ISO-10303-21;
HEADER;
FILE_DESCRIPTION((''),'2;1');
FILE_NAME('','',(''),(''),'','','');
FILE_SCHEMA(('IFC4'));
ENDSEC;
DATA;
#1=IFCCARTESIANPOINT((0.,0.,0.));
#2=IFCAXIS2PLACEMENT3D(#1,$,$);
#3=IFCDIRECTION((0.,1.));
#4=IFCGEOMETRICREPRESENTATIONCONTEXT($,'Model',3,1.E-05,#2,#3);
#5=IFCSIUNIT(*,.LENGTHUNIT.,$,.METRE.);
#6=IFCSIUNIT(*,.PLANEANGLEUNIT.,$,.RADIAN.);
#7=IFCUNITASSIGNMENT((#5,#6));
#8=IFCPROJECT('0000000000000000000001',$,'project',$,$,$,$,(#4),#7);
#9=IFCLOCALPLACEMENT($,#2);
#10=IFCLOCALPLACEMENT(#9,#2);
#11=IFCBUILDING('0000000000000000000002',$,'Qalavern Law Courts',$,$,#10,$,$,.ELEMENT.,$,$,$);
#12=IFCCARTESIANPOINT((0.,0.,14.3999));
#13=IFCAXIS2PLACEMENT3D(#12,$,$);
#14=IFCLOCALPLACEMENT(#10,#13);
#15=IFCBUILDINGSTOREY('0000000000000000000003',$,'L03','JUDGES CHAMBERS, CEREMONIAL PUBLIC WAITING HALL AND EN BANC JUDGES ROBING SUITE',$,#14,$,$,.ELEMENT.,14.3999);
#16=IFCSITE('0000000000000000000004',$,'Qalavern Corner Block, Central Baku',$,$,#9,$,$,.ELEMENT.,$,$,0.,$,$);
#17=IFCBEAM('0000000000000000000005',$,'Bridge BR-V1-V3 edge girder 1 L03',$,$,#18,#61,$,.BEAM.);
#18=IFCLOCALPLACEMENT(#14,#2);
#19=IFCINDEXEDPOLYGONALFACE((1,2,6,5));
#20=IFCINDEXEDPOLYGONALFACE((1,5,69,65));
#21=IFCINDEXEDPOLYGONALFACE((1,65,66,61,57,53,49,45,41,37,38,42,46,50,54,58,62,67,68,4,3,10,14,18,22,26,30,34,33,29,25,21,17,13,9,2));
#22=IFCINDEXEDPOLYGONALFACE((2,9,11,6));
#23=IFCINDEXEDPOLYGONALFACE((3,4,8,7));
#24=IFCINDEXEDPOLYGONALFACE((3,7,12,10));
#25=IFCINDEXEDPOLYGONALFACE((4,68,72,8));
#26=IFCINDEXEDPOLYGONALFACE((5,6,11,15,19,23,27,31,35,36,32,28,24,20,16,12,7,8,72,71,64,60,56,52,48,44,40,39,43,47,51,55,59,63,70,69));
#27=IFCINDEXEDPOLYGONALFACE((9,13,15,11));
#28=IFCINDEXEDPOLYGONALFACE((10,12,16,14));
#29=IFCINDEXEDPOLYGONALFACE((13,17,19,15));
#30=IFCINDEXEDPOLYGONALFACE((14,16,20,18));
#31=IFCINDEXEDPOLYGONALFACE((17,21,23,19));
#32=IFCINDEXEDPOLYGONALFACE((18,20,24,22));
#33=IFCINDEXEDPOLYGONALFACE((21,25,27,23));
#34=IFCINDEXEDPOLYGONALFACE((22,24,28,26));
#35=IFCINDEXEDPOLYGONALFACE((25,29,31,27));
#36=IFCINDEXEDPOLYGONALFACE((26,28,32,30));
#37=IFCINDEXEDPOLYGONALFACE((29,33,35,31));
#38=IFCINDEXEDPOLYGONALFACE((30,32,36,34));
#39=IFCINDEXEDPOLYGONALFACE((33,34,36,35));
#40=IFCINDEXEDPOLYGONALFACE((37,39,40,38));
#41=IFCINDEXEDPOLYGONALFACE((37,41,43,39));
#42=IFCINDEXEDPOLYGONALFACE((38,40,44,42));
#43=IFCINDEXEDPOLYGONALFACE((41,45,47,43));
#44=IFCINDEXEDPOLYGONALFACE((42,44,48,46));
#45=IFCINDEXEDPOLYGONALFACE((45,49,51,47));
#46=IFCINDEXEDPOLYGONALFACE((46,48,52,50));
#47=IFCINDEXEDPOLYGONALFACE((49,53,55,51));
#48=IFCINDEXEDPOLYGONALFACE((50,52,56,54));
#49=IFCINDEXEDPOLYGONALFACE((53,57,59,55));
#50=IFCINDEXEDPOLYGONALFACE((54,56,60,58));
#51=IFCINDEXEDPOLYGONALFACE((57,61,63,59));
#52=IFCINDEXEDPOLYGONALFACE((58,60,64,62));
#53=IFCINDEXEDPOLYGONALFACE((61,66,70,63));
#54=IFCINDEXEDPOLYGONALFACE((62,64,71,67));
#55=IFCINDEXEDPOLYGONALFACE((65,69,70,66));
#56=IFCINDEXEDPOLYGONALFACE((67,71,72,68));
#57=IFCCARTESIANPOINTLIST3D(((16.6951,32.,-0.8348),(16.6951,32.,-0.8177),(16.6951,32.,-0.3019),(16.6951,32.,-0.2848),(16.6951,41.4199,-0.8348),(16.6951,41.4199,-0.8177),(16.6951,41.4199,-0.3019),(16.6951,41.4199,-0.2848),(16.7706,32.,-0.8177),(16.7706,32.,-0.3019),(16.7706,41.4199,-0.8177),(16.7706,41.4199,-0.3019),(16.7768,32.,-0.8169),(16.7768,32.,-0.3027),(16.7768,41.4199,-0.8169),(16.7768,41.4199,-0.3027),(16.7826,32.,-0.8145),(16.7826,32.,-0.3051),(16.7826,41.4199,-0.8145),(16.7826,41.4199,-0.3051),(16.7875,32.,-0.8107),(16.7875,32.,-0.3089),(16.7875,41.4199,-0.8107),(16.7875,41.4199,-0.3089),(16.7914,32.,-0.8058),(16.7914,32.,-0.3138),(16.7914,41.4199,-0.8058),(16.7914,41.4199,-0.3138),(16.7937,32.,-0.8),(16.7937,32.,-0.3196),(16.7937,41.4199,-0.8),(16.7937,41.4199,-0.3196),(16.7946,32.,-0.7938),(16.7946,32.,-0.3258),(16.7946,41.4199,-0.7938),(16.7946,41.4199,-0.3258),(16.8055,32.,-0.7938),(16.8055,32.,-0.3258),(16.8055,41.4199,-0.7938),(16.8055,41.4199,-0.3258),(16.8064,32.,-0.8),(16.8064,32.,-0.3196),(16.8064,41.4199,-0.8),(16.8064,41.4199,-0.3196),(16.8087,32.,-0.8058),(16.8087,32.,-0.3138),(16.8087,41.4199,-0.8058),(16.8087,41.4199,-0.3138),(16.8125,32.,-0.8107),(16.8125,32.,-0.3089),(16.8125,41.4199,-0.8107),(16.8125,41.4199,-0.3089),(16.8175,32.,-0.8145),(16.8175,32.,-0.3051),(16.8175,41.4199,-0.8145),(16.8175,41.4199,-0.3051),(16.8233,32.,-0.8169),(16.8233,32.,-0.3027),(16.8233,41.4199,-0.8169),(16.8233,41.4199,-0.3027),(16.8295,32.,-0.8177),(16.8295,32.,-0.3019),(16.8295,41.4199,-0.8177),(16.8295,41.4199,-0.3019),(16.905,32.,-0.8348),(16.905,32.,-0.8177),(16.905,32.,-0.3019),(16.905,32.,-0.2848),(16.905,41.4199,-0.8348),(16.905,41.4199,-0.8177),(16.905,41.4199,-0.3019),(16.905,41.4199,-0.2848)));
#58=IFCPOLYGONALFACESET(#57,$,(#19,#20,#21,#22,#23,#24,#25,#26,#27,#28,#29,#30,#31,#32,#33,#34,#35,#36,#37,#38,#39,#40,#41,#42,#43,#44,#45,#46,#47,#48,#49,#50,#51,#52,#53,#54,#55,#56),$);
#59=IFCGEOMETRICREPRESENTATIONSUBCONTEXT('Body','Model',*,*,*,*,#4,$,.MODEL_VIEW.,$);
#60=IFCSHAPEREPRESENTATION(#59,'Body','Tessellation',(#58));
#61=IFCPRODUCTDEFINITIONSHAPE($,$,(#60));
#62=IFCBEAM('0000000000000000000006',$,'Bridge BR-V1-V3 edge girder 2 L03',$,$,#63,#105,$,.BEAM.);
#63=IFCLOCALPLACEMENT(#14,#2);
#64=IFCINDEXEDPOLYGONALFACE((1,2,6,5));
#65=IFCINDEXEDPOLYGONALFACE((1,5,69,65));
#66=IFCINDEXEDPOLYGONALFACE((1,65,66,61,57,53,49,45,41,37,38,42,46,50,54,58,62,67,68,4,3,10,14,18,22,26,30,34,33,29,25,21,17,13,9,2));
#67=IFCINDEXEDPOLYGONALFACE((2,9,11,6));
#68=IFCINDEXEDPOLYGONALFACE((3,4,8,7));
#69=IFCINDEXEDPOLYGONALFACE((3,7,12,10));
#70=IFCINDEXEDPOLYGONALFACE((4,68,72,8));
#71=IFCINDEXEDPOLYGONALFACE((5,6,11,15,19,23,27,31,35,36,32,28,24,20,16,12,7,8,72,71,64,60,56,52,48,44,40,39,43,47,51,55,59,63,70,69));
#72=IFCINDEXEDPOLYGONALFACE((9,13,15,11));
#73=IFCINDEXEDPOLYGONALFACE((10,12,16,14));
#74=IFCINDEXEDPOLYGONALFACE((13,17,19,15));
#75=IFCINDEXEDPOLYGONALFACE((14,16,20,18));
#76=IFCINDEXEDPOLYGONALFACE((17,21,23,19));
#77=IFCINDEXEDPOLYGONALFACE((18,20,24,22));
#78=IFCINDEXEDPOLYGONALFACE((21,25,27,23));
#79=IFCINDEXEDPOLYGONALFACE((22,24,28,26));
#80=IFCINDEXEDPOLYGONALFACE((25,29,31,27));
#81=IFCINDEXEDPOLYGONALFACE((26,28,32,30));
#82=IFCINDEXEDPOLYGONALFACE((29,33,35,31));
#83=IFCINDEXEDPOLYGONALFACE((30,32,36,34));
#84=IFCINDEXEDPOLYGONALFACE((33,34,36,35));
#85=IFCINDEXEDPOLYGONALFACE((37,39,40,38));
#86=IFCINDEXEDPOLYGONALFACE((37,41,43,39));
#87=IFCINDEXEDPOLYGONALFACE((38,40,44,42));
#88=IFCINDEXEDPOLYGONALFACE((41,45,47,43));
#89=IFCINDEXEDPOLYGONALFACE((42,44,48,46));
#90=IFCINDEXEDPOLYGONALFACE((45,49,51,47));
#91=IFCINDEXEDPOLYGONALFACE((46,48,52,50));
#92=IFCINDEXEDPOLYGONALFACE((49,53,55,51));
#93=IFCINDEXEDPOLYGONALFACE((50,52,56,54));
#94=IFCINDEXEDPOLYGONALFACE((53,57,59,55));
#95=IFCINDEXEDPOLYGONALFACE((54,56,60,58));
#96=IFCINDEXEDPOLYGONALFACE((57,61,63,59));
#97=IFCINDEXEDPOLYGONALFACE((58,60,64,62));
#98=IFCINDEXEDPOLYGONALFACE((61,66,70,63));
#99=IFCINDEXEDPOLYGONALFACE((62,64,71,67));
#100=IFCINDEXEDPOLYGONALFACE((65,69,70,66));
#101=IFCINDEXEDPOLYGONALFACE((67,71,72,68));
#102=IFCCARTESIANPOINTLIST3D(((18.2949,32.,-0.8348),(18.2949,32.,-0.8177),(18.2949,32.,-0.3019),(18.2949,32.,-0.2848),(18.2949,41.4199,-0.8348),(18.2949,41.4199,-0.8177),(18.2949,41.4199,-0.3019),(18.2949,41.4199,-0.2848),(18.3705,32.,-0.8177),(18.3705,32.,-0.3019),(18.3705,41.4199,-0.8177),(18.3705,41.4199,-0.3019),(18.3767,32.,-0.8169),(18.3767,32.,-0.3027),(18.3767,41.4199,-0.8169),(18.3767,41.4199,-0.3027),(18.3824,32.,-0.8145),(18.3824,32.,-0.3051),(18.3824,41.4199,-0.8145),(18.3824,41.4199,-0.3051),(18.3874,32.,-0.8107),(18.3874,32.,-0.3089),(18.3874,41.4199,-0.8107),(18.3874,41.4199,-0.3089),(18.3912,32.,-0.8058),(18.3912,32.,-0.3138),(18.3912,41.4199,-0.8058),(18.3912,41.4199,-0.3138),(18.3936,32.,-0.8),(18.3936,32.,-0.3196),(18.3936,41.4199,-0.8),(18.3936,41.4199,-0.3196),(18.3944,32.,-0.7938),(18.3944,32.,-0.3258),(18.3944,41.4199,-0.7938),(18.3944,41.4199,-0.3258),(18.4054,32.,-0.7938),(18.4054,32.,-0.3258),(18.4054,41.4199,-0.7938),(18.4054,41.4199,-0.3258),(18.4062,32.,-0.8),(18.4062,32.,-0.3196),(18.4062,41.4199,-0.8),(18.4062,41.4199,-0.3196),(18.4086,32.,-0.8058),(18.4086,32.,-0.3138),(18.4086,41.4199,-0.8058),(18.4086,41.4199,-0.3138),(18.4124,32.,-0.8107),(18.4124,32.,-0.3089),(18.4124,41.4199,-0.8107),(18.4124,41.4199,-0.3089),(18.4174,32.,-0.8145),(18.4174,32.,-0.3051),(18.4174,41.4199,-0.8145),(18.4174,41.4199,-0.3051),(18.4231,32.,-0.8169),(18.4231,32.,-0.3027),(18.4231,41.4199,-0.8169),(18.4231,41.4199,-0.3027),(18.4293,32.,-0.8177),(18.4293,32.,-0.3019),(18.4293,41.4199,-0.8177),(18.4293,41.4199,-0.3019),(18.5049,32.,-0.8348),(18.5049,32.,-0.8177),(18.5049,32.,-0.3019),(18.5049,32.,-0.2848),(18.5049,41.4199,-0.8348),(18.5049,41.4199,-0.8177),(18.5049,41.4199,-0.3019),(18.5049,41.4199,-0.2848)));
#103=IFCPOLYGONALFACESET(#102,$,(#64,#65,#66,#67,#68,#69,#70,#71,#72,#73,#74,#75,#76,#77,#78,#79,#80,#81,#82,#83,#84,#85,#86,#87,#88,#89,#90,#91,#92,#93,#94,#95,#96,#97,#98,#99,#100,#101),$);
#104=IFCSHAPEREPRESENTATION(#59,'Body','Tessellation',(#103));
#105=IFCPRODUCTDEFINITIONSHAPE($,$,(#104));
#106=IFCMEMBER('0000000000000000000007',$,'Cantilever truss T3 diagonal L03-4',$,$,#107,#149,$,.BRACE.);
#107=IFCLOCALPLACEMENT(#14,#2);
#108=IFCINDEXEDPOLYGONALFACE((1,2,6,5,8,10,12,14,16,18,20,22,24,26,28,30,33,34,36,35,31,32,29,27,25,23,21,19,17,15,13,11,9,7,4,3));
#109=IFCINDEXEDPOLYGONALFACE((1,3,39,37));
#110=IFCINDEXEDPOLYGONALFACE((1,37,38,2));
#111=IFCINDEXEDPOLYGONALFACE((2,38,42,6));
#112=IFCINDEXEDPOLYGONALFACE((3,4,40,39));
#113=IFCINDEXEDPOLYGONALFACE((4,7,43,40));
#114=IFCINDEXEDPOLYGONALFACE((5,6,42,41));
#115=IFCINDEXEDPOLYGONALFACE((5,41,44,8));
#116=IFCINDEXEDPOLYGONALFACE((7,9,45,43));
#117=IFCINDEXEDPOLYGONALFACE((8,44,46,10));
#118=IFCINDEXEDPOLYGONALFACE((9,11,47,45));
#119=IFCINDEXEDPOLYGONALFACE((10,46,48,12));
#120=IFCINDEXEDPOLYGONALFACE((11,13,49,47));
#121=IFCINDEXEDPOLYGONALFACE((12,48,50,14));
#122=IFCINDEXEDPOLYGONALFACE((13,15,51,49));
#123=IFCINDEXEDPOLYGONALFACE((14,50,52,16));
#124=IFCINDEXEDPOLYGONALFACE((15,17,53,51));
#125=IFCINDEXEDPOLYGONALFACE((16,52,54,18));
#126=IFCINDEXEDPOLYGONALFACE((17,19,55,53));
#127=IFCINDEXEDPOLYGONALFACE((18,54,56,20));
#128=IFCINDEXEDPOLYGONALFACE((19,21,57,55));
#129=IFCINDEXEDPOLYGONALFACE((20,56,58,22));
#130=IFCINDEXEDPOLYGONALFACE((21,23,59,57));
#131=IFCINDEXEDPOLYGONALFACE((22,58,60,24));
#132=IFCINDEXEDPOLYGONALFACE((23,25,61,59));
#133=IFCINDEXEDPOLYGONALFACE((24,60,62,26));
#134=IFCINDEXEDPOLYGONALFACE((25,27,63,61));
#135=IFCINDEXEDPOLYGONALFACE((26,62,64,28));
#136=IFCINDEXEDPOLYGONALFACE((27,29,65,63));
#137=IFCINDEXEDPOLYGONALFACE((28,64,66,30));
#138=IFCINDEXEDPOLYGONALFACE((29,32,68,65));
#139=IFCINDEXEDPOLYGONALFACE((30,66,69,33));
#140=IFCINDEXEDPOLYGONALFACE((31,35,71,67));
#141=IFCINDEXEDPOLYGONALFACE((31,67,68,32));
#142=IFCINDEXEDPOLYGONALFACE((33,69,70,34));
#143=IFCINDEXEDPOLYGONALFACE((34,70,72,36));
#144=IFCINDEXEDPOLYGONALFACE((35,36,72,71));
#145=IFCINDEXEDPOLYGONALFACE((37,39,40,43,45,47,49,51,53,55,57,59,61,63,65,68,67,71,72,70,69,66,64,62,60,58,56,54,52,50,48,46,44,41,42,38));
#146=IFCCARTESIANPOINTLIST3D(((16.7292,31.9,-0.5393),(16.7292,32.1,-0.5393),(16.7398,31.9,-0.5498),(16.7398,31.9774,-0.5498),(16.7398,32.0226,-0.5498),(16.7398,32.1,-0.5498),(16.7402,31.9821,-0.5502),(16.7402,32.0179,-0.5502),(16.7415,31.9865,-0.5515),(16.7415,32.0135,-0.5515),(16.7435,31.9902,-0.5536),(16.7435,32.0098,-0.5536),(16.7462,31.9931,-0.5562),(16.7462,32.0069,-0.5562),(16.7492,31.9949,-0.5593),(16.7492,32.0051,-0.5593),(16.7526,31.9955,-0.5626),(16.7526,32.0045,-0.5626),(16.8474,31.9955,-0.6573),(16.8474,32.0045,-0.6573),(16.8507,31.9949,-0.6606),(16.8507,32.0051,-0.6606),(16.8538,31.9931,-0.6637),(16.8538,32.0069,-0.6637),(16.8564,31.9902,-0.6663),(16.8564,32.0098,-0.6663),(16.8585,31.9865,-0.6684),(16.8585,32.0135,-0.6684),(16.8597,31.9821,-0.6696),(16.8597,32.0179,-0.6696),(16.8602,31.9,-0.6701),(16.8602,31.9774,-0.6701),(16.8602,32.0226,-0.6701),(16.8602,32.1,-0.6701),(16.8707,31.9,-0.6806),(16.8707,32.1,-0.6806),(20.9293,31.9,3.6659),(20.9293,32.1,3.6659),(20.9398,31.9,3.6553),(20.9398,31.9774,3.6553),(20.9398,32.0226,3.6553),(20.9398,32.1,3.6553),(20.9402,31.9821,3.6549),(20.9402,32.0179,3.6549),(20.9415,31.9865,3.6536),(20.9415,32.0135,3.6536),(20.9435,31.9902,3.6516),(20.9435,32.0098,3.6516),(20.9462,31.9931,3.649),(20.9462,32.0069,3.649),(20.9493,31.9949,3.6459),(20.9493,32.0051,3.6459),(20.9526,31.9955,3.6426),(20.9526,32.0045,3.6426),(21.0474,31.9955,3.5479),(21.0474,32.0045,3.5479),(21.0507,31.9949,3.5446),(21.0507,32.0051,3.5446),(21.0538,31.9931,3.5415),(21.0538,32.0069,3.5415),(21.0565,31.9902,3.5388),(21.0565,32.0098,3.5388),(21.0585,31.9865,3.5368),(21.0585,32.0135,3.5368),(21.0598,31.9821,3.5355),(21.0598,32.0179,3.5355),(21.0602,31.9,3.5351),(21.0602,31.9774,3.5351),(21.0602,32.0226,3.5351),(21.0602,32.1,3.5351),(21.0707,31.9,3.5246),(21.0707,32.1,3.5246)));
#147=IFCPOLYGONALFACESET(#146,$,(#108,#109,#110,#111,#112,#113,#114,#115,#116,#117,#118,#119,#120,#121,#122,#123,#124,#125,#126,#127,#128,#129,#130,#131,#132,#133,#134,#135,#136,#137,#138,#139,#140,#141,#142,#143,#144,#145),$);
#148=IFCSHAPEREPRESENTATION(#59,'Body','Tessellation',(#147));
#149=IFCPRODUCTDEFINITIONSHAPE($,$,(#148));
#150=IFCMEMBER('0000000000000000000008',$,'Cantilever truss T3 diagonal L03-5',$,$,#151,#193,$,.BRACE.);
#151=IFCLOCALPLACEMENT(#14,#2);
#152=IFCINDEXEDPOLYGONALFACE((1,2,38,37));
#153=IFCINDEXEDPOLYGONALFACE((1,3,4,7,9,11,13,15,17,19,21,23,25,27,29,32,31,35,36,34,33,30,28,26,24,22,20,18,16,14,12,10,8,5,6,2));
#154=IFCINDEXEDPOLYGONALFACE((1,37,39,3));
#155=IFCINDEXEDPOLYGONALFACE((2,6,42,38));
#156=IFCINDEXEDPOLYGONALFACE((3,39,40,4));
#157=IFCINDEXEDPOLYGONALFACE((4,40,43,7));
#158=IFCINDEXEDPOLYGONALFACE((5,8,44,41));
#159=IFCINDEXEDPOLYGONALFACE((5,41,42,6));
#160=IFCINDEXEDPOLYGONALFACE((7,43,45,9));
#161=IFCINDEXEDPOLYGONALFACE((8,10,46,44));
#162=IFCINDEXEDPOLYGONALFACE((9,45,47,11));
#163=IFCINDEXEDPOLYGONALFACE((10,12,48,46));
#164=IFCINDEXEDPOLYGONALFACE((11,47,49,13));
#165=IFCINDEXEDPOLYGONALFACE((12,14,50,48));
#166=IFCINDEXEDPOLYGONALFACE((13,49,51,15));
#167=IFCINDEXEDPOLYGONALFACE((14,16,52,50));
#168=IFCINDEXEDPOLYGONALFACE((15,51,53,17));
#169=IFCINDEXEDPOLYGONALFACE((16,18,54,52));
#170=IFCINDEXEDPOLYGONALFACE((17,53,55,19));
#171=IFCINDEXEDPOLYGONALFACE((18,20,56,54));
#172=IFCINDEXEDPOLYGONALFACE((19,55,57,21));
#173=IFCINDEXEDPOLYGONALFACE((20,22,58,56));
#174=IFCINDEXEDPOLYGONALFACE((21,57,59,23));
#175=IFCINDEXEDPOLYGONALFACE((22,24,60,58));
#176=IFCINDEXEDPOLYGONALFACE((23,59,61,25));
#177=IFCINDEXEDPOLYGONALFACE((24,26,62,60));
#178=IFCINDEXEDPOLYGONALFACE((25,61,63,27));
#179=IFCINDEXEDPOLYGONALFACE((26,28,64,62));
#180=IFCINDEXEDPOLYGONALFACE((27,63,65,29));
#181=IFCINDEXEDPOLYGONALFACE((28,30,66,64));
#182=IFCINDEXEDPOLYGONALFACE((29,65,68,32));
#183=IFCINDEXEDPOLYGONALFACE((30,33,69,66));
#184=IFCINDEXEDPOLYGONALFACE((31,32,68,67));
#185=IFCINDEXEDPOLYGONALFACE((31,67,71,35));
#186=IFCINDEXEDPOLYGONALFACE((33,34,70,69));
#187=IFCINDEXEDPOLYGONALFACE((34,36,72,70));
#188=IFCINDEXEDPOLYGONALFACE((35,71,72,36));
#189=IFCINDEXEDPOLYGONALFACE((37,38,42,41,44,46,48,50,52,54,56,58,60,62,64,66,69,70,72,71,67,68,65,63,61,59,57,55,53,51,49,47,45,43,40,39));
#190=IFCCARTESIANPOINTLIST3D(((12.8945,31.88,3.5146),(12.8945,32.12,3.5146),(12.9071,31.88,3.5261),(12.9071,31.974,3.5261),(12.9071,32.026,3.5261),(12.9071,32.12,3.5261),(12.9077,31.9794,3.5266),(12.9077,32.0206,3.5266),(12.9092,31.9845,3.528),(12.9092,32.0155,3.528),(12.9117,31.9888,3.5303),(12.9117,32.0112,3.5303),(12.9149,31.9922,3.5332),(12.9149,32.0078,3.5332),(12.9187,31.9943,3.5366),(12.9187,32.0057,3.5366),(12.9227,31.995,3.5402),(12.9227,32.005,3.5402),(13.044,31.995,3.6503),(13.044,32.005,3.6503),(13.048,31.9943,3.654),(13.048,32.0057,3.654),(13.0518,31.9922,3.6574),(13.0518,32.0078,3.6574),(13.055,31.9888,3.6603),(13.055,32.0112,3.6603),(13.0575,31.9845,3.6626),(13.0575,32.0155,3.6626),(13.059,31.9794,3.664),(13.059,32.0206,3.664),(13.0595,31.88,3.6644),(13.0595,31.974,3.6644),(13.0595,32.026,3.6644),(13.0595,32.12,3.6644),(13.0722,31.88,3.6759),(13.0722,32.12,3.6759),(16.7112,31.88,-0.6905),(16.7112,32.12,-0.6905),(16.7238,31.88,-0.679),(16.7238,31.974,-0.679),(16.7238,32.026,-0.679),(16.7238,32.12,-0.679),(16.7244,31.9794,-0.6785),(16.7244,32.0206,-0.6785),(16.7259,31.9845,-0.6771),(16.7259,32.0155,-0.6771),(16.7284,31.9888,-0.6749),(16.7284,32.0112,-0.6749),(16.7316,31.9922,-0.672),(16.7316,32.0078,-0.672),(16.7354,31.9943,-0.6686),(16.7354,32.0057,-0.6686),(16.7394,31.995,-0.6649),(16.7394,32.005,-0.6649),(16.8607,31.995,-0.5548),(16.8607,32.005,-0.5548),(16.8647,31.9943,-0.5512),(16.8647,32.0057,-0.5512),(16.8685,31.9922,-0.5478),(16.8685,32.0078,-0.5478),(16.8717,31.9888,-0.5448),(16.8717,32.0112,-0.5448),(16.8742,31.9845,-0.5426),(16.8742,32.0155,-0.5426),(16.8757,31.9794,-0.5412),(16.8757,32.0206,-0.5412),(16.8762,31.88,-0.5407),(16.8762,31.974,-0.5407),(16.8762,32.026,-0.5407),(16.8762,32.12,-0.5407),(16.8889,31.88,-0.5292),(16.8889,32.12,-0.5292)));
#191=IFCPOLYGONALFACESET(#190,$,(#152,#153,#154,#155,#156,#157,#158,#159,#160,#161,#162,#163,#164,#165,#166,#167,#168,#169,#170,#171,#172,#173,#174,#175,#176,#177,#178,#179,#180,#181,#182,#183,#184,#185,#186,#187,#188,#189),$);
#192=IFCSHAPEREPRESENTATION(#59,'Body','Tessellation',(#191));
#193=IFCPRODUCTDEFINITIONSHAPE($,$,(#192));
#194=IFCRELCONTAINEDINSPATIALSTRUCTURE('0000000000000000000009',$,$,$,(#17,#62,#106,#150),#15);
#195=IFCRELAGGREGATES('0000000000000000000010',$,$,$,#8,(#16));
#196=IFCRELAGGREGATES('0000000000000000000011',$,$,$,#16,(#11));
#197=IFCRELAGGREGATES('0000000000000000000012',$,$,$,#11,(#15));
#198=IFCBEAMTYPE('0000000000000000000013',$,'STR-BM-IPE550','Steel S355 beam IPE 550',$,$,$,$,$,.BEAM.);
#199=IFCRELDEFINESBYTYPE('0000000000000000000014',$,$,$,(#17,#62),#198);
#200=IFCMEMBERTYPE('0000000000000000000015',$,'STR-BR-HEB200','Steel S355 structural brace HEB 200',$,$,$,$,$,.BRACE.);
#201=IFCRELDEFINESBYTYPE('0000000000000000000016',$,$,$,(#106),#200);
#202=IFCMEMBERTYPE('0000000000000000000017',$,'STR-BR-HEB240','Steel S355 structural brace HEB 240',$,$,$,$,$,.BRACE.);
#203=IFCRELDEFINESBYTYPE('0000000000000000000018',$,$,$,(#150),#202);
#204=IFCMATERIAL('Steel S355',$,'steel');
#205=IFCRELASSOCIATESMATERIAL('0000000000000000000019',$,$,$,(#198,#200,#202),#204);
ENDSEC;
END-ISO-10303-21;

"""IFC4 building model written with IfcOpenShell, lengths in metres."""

from ifc_helpers import new_model, si_unit, direction, frame, origin, origin_2d, place, context, subcontext, project, spatial, i_section, extrude, material, material_profile, profile_set, type_object, element, save


model = new_model("IFC4")

# Units and contexts
model_context = context("Model", 3, precision=1e-05, world=origin(), true_north=direction((0.0, 1.0)))
body_context = subcontext(model_context, "Body", "Model", "MODEL_VIEW")
ifc_project = project(units=[si_unit("LENGTHUNIT", "METRE"), si_unit("PLANEANGLEUNIT", "RADIAN")], contexts=[model_context])

# Site, building, storey
site_placement = place(None, origin())
site = spatial("IfcSite", under=ifc_project, at=site_placement, Name="Qalavern Corner Block, Central Baku", CompositionType="ELEMENT", RefElevation=0.0)
building_placement = place(site_placement, origin())
building = spatial("IfcBuilding", under=site, at=building_placement, Name="Qalavern Law Courts", CompositionType="ELEMENT")
storey_placement = place(building_placement, frame((0.0, 0.0, 14.3999)))
storey = spatial("IfcBuildingStorey", under=building, at=storey_placement, Name="L03", Description="JUDGES CHAMBERS, CEREMONIAL PUBLIC WAITING HALL AND EN BANC JUDGES ROBING SUITE", CompositionType="ELEMENT", Elevation=14.3999)

# Beams
ifc_material_1 = material(Name="Steel S355", Category="steel")
ifc_material_profile_1 = material_profile(ifc_material_1, i_section(OverallWidth=0.21, OverallDepth=0.55, WebThickness=0.011, FlangeThickness=0.0171, FilletRadius=0.0239, at=origin_2d()), Name="IPE 550")
ifc_profile_set_1 = profile_set([ifc_material_profile_1], Name="Steel S355")
beam_type_1 = type_object("IfcBeamType", Name="STR-BM-IPE550", Description="Steel S355 beam IPE 550", PredefinedType="BEAM", material=ifc_profile_set_1)
for number, where, z_axis, x_axis, name in (
    (1, (16.8, 32.0, -0.5598), (0.0, 1.0, 0.0), (-1.0, 0.0, 0.0), "Bridge BR-V1-V3 edge girder 1 L03"),
    (2, (18.3999, 32.0, -0.5598), (0.0, 1.0, 0.0), (-1.0, 0.0, 0.0), "Bridge BR-V1-V3 edge girder 2 L03"),
):
    element("IfcBeam", number, at=place(storey_placement, frame(where, z_axis=z_axis, x_axis=x_axis)), inside=storey, type_object=beam_type_1, Name=name, PredefinedType="BEAM", context=body_context, shape_type="SweptSolid", body=[
        extrude(i_section(OverallWidth=0.21, OverallDepth=0.55, WebThickness=0.011, FlangeThickness=0.0171, FilletRadius=0.0239, at=origin_2d()), origin(), (0.0, 0.0, 1.0), 9.4199),
    ])

# Members
ifc_material_profile_2 = material_profile(ifc_material_1, i_section(OverallWidth=0.2, OverallDepth=0.2, WebThickness=0.009, FlangeThickness=0.0149, FilletRadius=0.0181, at=origin_2d()), Name="HEB 200")
ifc_profile_set_2 = profile_set([ifc_material_profile_2], Name="Steel S355")
member_type_1 = type_object("IfcMemberType", Name="STR-BR-HEB200", Description="Steel S355 structural brace HEB 200", PredefinedType="BRACE", material=ifc_profile_set_2)
member_1_placement = place(storey_placement, frame((21.0, 32.0, 3.5952), z_axis=(-0.706675, 0.0, -0.707538), x_axis=(0.0, -1.0, 0.0)))
element("IfcMember", 3, at=member_1_placement, inside=storey, type_object=member_type_1, Name="Cantilever truss T3 diagonal L03-4", PredefinedType="BRACE", context=body_context, shape_type="SweptSolid", body=[
    extrude(i_section(OverallWidth=0.2, OverallDepth=0.2, WebThickness=0.009, FlangeThickness=0.0149, FilletRadius=0.0181, at=origin_2d()), origin(), (0.0, 0.0, 1.0), 5.9434),
])
ifc_material_profile_3 = material_profile(ifc_material_1, i_section(OverallWidth=0.24, OverallDepth=0.24, WebThickness=0.01, FlangeThickness=0.0171, FilletRadius=0.021, at=origin_2d()), Name="HEB 240")
ifc_profile_set_3 = profile_set([ifc_material_profile_3], Name="Steel S355")
member_type_2 = type_object("IfcMemberType", Name="STR-BR-HEB240", Description="Steel S355 structural brace HEB 240", PredefinedType="BRACE", material=ifc_profile_set_3)
member_2_placement = place(storey_placement, frame((16.8, 32.0, -0.6099), z_axis=(-0.67208, 0.0, 0.740479), x_axis=(0.0, -1.0, 0.0)))
element("IfcMember", 4, at=member_2_placement, inside=storey, type_object=member_type_2, Name="Cantilever truss T3 diagonal L03-5", PredefinedType="BRACE", context=body_context, shape_type="SweptSolid", body=[
    extrude(i_section(OverallWidth=0.24, OverallDepth=0.24, WebThickness=0.01, FlangeThickness=0.0171, FilletRadius=0.021, at=origin_2d()), origin(), (0.0, 0.0, 1.0), 5.679),
])

save(model, "model.ifc")
